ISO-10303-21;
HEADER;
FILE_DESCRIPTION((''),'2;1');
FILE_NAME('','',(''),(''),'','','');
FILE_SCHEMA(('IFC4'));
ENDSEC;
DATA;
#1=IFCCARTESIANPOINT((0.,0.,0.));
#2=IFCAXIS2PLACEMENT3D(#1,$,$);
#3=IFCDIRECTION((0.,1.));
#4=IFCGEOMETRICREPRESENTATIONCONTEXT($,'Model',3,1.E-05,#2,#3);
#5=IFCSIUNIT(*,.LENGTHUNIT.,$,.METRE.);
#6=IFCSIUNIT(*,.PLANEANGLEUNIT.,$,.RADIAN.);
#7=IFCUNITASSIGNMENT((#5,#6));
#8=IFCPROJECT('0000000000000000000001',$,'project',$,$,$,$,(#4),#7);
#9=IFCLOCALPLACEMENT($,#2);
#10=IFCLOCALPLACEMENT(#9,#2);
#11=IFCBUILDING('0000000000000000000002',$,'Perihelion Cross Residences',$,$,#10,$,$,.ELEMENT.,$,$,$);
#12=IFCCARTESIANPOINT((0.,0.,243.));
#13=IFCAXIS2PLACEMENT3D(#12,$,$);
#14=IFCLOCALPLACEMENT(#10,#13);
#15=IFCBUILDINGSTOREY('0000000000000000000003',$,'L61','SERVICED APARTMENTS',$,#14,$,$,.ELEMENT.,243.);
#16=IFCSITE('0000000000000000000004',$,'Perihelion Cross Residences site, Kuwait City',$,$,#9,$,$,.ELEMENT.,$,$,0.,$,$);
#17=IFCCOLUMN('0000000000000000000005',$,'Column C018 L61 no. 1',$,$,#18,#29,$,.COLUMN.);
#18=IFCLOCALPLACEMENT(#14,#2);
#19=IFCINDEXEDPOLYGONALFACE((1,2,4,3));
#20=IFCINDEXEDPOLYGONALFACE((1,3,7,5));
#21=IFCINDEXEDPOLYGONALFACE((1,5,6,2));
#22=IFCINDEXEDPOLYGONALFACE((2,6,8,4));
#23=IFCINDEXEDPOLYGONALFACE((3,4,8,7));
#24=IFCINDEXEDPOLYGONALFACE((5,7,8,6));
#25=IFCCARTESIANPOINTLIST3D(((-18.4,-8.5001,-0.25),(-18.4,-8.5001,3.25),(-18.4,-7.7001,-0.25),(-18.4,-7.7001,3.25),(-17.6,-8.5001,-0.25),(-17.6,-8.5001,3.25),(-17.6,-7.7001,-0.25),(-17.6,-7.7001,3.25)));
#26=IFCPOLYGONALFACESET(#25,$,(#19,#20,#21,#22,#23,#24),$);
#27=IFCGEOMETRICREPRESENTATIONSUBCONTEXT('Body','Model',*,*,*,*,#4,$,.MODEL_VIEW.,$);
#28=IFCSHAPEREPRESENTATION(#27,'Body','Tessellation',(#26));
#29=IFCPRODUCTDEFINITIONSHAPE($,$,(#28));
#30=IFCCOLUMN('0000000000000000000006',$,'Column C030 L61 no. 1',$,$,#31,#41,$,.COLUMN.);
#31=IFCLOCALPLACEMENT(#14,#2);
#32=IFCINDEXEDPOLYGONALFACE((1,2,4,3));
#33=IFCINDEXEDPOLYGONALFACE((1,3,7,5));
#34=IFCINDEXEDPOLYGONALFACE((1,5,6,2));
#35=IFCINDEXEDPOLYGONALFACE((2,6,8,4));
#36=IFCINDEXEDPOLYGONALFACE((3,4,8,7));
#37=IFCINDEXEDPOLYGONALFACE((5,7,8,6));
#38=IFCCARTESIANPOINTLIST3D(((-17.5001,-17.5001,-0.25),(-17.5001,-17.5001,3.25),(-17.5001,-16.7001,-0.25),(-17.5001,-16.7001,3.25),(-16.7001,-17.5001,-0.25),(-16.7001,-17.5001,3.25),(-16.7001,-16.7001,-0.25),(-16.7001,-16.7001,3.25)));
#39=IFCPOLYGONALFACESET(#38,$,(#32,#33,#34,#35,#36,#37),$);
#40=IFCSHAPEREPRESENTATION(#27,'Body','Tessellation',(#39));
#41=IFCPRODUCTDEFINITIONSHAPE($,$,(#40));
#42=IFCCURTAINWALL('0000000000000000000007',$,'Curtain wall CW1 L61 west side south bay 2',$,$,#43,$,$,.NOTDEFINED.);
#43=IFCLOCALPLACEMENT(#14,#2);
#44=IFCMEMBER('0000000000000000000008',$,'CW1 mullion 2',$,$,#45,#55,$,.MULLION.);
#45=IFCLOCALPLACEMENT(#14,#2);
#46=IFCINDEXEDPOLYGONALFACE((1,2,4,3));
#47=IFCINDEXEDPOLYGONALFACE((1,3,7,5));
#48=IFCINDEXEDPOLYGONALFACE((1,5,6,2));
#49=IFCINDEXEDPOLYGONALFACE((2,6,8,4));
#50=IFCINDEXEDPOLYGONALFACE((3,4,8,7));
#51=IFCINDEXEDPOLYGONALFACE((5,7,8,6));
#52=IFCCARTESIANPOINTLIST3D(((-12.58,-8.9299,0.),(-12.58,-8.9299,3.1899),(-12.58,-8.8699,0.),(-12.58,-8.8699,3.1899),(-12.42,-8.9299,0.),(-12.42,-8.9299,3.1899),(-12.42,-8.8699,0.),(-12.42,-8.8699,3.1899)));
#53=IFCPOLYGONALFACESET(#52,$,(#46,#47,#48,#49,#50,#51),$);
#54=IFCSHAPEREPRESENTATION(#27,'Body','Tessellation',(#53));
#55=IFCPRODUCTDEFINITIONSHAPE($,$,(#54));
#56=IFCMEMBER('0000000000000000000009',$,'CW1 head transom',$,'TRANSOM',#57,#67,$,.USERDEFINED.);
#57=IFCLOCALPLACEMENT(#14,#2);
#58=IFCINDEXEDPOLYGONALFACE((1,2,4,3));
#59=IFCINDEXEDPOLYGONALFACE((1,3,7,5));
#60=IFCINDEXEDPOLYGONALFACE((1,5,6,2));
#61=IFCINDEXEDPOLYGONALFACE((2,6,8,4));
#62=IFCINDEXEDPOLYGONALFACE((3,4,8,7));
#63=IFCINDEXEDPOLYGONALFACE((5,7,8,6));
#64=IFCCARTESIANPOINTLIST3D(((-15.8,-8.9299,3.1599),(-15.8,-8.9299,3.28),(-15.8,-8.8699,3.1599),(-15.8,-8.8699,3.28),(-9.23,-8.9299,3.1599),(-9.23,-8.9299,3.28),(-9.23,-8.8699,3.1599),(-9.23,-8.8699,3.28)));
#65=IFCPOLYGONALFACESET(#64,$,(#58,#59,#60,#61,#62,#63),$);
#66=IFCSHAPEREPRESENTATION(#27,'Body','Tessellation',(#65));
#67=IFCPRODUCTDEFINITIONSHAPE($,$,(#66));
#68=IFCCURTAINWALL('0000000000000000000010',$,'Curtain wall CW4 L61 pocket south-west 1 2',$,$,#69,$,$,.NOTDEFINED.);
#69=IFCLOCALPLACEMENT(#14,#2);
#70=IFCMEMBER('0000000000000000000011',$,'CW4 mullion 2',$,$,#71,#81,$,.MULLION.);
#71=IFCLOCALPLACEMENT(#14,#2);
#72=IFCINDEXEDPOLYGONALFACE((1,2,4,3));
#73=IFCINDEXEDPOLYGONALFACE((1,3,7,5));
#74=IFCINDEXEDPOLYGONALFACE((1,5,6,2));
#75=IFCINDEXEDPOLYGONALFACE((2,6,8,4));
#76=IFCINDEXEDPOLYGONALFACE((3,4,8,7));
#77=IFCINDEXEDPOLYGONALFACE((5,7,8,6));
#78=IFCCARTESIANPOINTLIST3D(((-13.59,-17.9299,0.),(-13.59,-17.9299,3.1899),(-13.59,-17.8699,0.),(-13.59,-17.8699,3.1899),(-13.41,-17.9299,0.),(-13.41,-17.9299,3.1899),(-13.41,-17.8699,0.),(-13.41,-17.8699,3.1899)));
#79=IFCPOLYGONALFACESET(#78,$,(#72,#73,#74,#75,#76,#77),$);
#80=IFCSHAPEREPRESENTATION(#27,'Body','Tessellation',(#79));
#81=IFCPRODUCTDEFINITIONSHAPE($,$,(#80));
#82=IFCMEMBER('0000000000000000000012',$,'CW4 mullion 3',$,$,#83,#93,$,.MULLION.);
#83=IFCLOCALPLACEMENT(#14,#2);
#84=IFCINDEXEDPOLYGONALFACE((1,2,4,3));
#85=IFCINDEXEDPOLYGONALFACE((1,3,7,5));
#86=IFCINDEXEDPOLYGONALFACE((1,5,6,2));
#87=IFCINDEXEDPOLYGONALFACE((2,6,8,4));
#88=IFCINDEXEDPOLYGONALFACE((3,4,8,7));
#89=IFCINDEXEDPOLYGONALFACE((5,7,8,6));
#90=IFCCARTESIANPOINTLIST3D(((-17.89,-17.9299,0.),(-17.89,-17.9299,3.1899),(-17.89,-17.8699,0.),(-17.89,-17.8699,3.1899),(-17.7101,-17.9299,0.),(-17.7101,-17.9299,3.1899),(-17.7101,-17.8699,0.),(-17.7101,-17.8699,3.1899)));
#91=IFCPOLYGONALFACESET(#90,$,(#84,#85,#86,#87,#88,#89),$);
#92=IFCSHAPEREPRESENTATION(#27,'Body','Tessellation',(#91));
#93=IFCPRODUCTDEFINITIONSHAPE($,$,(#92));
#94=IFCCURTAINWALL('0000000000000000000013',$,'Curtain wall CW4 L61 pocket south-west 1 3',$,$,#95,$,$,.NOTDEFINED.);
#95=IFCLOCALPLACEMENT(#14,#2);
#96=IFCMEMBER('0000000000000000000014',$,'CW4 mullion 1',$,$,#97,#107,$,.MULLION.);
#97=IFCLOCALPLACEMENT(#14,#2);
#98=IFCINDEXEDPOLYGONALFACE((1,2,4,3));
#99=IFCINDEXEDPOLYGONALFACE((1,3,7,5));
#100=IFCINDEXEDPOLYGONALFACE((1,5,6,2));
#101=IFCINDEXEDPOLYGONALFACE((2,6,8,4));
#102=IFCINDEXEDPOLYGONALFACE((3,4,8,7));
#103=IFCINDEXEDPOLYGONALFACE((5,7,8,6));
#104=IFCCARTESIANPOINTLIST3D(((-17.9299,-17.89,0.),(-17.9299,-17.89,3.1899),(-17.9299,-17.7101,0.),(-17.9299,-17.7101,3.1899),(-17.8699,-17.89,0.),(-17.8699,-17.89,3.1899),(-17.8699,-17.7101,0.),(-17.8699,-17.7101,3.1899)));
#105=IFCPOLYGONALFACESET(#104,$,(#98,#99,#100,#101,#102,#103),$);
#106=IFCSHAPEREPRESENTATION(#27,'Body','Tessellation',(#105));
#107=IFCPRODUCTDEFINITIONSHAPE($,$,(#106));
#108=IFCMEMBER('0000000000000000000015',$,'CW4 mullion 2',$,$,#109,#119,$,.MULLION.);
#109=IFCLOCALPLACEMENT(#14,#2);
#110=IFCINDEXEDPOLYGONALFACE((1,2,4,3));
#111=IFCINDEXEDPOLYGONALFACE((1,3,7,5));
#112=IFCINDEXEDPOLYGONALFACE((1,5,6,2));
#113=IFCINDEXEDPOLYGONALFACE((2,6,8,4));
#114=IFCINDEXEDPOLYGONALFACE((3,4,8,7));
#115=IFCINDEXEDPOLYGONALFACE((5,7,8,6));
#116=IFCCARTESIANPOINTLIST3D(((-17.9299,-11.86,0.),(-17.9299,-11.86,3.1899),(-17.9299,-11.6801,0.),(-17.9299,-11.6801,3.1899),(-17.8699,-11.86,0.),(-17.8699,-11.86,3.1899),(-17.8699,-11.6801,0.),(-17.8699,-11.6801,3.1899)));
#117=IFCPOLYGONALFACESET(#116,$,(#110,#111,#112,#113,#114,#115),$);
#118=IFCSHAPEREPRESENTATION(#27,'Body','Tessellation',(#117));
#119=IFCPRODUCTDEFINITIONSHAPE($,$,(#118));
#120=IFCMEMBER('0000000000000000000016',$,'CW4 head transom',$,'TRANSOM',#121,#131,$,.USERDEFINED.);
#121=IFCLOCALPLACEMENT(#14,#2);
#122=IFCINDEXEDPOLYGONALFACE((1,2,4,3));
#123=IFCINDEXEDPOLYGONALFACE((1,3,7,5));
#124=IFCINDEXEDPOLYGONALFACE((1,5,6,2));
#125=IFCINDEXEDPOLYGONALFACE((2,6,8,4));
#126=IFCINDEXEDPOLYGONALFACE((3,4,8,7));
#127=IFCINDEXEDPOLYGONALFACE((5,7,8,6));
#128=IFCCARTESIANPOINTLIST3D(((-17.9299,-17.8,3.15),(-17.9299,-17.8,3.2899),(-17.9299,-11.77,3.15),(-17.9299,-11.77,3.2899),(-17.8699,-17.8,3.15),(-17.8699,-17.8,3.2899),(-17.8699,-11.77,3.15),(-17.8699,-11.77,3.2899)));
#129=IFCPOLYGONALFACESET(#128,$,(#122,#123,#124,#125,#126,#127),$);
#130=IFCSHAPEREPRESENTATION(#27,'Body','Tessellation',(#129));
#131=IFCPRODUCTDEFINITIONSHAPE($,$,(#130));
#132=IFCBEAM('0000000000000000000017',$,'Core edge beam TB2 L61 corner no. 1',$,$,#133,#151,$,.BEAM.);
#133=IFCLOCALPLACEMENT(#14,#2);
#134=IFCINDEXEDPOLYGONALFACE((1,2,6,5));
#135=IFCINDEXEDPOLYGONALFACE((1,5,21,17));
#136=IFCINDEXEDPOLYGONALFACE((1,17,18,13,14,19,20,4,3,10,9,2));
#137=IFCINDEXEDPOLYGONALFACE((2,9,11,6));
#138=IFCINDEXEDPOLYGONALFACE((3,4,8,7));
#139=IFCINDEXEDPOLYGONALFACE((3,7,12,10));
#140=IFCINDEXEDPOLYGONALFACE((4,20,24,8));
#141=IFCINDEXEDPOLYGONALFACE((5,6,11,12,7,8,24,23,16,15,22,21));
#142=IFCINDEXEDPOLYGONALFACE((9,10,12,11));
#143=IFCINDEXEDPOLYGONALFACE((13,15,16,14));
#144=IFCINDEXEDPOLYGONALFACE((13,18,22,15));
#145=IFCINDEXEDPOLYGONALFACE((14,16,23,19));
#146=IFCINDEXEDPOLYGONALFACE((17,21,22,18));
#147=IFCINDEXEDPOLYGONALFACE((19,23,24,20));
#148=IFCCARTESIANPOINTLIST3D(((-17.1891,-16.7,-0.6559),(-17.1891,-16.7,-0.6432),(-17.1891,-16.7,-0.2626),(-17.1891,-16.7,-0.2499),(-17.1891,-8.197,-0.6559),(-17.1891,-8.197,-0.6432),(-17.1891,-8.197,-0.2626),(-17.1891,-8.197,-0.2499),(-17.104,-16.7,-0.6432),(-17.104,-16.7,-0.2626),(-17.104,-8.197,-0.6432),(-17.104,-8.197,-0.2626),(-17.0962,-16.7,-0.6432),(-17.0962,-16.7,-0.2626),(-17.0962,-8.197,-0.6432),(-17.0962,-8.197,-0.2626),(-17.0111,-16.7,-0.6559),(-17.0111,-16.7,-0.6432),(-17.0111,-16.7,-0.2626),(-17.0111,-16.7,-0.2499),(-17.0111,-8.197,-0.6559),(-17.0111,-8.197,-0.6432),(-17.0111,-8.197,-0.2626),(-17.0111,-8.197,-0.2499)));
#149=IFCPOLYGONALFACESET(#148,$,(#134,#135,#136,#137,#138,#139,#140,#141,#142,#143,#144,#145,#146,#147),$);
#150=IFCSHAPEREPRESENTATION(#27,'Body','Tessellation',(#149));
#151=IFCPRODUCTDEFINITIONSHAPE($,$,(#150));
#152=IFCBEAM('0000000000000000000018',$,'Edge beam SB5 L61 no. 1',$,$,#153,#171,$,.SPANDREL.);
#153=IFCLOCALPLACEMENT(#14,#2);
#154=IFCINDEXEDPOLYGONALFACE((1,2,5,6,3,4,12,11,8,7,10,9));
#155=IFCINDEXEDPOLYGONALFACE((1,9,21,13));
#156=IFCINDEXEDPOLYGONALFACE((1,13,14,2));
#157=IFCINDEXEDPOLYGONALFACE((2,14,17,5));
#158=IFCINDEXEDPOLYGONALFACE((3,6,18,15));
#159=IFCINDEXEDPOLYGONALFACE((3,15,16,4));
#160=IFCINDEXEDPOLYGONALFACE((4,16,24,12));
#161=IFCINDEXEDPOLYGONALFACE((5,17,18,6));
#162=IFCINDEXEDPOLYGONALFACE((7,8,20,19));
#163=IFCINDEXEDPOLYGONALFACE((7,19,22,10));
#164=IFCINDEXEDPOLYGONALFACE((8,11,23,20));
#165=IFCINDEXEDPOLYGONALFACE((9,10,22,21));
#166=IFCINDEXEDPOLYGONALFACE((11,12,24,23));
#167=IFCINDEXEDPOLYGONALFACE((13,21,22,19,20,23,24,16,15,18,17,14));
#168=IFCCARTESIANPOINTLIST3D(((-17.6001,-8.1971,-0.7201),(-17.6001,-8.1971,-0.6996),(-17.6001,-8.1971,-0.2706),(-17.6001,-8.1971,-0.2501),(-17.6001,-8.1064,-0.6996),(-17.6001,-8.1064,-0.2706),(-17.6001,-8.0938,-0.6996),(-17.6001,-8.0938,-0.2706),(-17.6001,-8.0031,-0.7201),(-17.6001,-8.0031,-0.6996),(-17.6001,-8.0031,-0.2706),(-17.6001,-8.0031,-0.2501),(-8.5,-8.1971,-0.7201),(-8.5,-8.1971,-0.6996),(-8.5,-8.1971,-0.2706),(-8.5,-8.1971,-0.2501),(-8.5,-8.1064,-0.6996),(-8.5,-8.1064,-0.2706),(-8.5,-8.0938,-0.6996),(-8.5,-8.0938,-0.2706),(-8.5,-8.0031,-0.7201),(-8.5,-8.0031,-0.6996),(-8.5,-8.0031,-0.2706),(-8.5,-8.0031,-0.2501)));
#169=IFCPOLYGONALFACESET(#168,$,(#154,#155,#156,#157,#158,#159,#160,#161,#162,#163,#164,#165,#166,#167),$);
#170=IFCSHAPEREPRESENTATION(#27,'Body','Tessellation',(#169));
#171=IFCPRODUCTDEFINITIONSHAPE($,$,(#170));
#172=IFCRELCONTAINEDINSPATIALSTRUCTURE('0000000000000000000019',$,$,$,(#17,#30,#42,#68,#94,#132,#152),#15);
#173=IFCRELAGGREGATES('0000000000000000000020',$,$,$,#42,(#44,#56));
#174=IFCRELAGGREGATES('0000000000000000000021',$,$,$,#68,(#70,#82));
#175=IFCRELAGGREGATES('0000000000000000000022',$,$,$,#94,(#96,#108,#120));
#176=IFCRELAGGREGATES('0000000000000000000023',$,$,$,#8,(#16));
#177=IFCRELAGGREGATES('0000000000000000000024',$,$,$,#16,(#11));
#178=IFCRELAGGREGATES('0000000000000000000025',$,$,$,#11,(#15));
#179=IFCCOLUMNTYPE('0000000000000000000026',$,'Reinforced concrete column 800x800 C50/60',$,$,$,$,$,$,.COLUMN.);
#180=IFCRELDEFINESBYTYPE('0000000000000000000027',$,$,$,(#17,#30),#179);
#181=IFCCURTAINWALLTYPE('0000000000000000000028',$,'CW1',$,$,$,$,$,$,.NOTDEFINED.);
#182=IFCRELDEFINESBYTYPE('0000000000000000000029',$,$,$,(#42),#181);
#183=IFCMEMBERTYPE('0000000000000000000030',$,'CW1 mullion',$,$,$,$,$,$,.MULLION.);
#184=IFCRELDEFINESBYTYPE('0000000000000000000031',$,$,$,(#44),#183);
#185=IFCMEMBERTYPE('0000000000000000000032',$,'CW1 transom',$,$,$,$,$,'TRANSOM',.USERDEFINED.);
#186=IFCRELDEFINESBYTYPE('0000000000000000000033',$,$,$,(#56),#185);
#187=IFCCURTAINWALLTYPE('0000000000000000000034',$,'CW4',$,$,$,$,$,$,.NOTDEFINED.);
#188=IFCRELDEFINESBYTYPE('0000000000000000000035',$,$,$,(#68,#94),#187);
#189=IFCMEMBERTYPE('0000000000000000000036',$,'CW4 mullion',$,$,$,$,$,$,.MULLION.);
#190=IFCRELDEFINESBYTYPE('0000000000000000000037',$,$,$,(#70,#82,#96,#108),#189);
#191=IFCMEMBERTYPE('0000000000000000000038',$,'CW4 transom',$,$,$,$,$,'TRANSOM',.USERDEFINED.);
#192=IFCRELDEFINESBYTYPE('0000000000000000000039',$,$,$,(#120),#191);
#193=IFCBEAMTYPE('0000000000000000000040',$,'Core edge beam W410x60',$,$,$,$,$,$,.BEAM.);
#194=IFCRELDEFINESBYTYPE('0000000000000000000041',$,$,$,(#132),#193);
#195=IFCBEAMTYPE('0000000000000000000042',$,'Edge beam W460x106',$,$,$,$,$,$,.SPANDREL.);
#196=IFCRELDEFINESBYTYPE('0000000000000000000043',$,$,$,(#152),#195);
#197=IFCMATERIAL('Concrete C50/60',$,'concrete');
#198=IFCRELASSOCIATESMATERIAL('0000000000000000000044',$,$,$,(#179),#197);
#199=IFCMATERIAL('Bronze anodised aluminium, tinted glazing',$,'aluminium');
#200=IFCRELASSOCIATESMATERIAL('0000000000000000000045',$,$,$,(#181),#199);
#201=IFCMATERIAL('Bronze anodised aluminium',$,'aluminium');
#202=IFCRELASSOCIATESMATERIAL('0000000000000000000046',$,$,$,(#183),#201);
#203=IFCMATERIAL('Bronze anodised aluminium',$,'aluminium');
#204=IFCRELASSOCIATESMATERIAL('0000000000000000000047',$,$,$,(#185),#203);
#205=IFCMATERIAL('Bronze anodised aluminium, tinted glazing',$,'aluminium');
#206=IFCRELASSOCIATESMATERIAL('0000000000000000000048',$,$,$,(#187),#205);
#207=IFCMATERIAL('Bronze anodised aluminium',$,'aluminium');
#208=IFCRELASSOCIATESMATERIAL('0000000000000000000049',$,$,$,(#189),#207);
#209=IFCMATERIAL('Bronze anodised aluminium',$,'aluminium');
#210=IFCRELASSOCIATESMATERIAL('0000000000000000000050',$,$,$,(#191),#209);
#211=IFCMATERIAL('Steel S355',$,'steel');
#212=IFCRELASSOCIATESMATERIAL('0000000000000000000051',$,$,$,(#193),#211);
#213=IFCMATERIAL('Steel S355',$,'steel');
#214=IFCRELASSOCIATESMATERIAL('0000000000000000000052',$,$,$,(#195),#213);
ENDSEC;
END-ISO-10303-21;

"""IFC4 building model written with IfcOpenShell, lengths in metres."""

from ifc_helpers import new_model, si_unit, direction, frame, origin, origin_2d, place, context, subcontext, project, spatial, rectangle, i_section, extrude, material, material_profile, profile_set, type_object, element, aggregate, save


model = new_model("IFC4")

# Units and contexts
model_context = context("Model", 3, precision=1e-05, world=origin(), true_north=direction((0.0, 1.0)))
body_context = subcontext(model_context, "Body", "Model", "MODEL_VIEW")
ifc_project = project(units=[si_unit("LENGTHUNIT", "METRE"), si_unit("PLANEANGLEUNIT", "RADIAN")], contexts=[model_context])

# Site, building, storey
site_placement = place(None, origin())
site = spatial("IfcSite", under=ifc_project, at=site_placement, Name="Perihelion Cross Residences site, Kuwait City", CompositionType="ELEMENT", RefElevation=0.0)
building_placement = place(site_placement, origin())
building = spatial("IfcBuilding", under=site, at=building_placement, Name="Perihelion Cross Residences", CompositionType="ELEMENT")
storey_placement = place(building_placement, frame((0.0, 0.0, 243.0)))
storey = spatial("IfcBuildingStorey", under=building, at=storey_placement, Name="L61", Description="SERVICED APARTMENTS", CompositionType="ELEMENT", Elevation=243.0)

# Columns
ifc_material_1 = material(Name="Concrete C50/60", Category="concrete")
ifc_material_profile_1 = material_profile(ifc_material_1, rectangle(XDim=0.8, YDim=0.8, at=origin_2d()), Name="RC 800x800")
ifc_profile_set_1 = profile_set([ifc_material_profile_1], Name="Concrete C50/60")
column_type = type_object("IfcColumnType", Name="Reinforced concrete column 800x800 C50/60", PredefinedType="COLUMN", material=ifc_profile_set_1)
for number, where, z_axis, x_axis, name in (
    (1, (-18.0, -8.1001, -0.25), (0.0, 0.0, 1.0), (1.0, 0.0, 0.0), "Column C018 L61 no. 1"),
    (2, (-17.1001, -17.1001, -0.25), (0.0, 0.0, 1.0), (1.0, 0.0, 0.0), "Column C030 L61 no. 1"),
):
    element("IfcColumn", number, at=place(storey_placement, frame(where, z_axis=z_axis, x_axis=x_axis)), inside=storey, type_object=column_type, Name=name, PredefinedType="COLUMN", context=body_context, shape_type="SweptSolid", body=[
        extrude(rectangle(XDim=0.8, YDim=0.8, at=origin_2d()), origin(), (0.0, 0.0, 1.0), 3.5),
    ])

# Curtain walls, members
ifc_material_2 = material(Name="Bronze anodised aluminium, tinted glazing", Category="aluminium")
curtain_wall_type_1 = type_object("IfcCurtainWallType", Name="CW1", PredefinedType="NOTDEFINED", material=ifc_material_2)
curtain_wall_1_placement = place(storey_placement, origin())
curtain_wall_1 = element("IfcCurtainWall", 3, at=curtain_wall_1_placement, inside=storey, type_object=curtain_wall_type_1, Name="Curtain wall CW1 L61 west side south bay 2", PredefinedType="NOTDEFINED")
ifc_material_3 = material(Name="Bronze anodised aluminium", Category="aluminium")
ifc_material_profile_2 = material_profile(ifc_material_3, rectangle(XDim=0.0601, YDim=0.1599, at=origin_2d()), Name="CW1 mullion")
ifc_profile_set_2 = profile_set([ifc_material_profile_2], Name="Bronze anodised aluminium")
member_type_1 = type_object("IfcMemberType", Name="CW1 mullion", PredefinedType="MULLION", material=ifc_profile_set_2)
member_1_placement = place(storey_placement, frame((-12.5, -8.8999, 0.0), z_axis=(0.0, 0.0, 1.0), x_axis=(0.0, 1.0, 0.0)))
member_1 = element("IfcMember", 4, at=member_1_placement, type_object=member_type_1, Name="CW1 mullion 2", PredefinedType="MULLION", context=body_context, shape_type="SweptSolid", body=[
    extrude(rectangle(XDim=0.0601, YDim=0.1599, at=origin_2d()), origin(), (0.0, 0.0, 1.0), 3.1899),
])
ifc_material_4 = material(Name="Bronze anodised aluminium", Category="aluminium")
ifc_material_profile_3 = material_profile(ifc_material_4, rectangle(XDim=0.0601, YDim=0.1201, at=origin_2d()), Name="CW1 transom")
ifc_profile_set_3 = profile_set([ifc_material_profile_3], Name="Bronze anodised aluminium")
member_type_2 = type_object("IfcMemberType", Name="CW1 transom", ElementType="TRANSOM", PredefinedType="USERDEFINED", material=ifc_profile_set_3)
member_2_placement = place(storey_placement, frame((-15.8, -8.8999, 3.22), z_axis=(1.0, 0.0, 0.0), x_axis=(0.0, 1.0, 0.0)))
member_2 = element("IfcMember", 5, at=member_2_placement, type_object=member_type_2, Name="CW1 head transom", ObjectType="TRANSOM", PredefinedType="USERDEFINED", context=body_context, shape_type="SweptSolid", body=[
    extrude(rectangle(XDim=0.0601, YDim=0.1201, at=origin_2d()), origin(), (0.0, 0.0, 1.0), 6.5701),
])
ifc_material_5 = material(Name="Bronze anodised aluminium, tinted glazing", Category="aluminium")
curtain_wall_type_2 = type_object("IfcCurtainWallType", Name="CW4", PredefinedType="NOTDEFINED", material=ifc_material_5)
curtain_wall_2_placement = place(storey_placement, origin())
curtain_wall_2 = element("IfcCurtainWall", 6, at=curtain_wall_2_placement, inside=storey, type_object=curtain_wall_type_2, Name="Curtain wall CW4 L61 pocket south-west 1 2", PredefinedType="NOTDEFINED")
ifc_material_6 = material(Name="Bronze anodised aluminium", Category="aluminium")
ifc_material_profile_4 = material_profile(ifc_material_6, rectangle(XDim=0.0601, YDim=0.1799, at=origin_2d()), Name="CW4 mullion")
ifc_profile_set_4 = profile_set([ifc_material_profile_4], Name="Bronze anodised aluminium")
member_type_3 = type_object("IfcMemberType", Name="CW4 mullion", PredefinedType="MULLION", material=ifc_profile_set_4)
member_3_placement = place(storey_placement, frame((-13.5, -17.8999, 0.0), z_axis=(0.0, 0.0, 1.0), x_axis=(0.0, -1.0, 0.0)))
member_3 = element("IfcMember", 7, at=member_3_placement, type_object=member_type_3, Name="CW4 mullion 2", PredefinedType="MULLION", context=body_context, shape_type="SweptSolid", body=[
    extrude(rectangle(XDim=0.0601, YDim=0.1799, at=origin_2d()), origin(), (0.0, 0.0, 1.0), 3.1899),
])
member_4_placement = place(storey_placement, frame((-17.8, -17.8999, 0.0), z_axis=(0.0, 0.0, 1.0), x_axis=(0.0, -1.0, 0.0)))
member_4 = element("IfcMember", 8, at=member_4_placement, type_object=member_type_3, Name="CW4 mullion 3", PredefinedType="MULLION", context=body_context, shape_type="SweptSolid", body=[
    extrude(rectangle(XDim=0.0601, YDim=0.1799, at=origin_2d()), origin(), (0.0, 0.0, 1.0), 3.1899),
])
curtain_wall_3_placement = place(storey_placement, origin())
curtain_wall_3 = element("IfcCurtainWall", 9, at=curtain_wall_3_placement, inside=storey, type_object=curtain_wall_type_2, Name="Curtain wall CW4 L61 pocket south-west 1 3", PredefinedType="NOTDEFINED")
member_5_placement = place(storey_placement, frame((-17.8999, -17.8, 0.0), z_axis=(0.0, 0.0, 1.0), x_axis=(-1.0, 0.0, 0.0)))
member_5 = element("IfcMember", 10, at=member_5_placement, type_object=member_type_3, Name="CW4 mullion 1", PredefinedType="MULLION", context=body_context, shape_type="SweptSolid", body=[
    extrude(rectangle(XDim=0.0601, YDim=0.1799, at=origin_2d()), origin(), (0.0, 0.0, 1.0), 3.1899),
])
member_6_placement = place(storey_placement, frame((-17.8999, -11.77, 0.0), z_axis=(0.0, 0.0, 1.0), x_axis=(-1.0, 0.0, 0.0)))
member_6 = element("IfcMember", 11, at=member_6_placement, type_object=member_type_3, Name="CW4 mullion 2", PredefinedType="MULLION", context=body_context, shape_type="SweptSolid", body=[
    extrude(rectangle(XDim=0.0601, YDim=0.1799, at=origin_2d()), origin(), (0.0, 0.0, 1.0), 3.1899),
])
ifc_material_7 = material(Name="Bronze anodised aluminium", Category="aluminium")
ifc_material_profile_5 = material_profile(ifc_material_7, rectangle(XDim=0.0601, YDim=0.1399, at=origin_2d()), Name="CW4 transom")
ifc_profile_set_5 = profile_set([ifc_material_profile_5], Name="Bronze anodised aluminium")
member_type_4 = type_object("IfcMemberType", Name="CW4 transom", ElementType="TRANSOM", PredefinedType="USERDEFINED", material=ifc_profile_set_5)
member_7_placement = place(storey_placement, frame((-17.8999, -17.8, 3.22), z_axis=(0.0, 1.0, 0.0), x_axis=(-1.0, 0.0, 0.0)))
member_7 = element("IfcMember", 12, at=member_7_placement, type_object=member_type_4, Name="CW4 head transom", ObjectType="TRANSOM", PredefinedType="USERDEFINED", context=body_context, shape_type="SweptSolid", body=[
    extrude(rectangle(XDim=0.0601, YDim=0.1399, at=origin_2d()), origin(), (0.0, 0.0, 1.0), 6.03),
])

# Beams
ifc_material_8 = material(Name="Steel S355", Category="steel")
ifc_material_profile_6 = material_profile(ifc_material_8, i_section(OverallWidth=0.178, OverallDepth=0.406, WebThickness=0.0078, FlangeThickness=0.0127, at=origin_2d()), Name="W410x60")
ifc_profile_set_6 = profile_set([ifc_material_profile_6], Name="Steel S355")
beam_type_1 = type_object("IfcBeamType", Name="Core edge beam W410x60", PredefinedType="BEAM", material=ifc_profile_set_6)
beam_1_placement = place(storey_placement, frame((-17.1001, -8.197, -0.4529), z_axis=(0.0, -1.0, 0.0), x_axis=(1.0, 0.0, 0.0)))
element("IfcBeam", 13, at=beam_1_placement, inside=storey, type_object=beam_type_1, Name="Core edge beam TB2 L61 corner no. 1", PredefinedType="BEAM", context=body_context, shape_type="SweptSolid", body=[
    extrude(i_section(OverallWidth=0.178, OverallDepth=0.406, WebThickness=0.0078, FlangeThickness=0.0127, at=origin_2d()), origin(), (0.0, 0.0, 1.0), 8.5029),
])
ifc_material_9 = material(Name="Steel S355", Category="steel")
ifc_material_profile_7 = material_profile(ifc_material_9, i_section(OverallWidth=0.1941, OverallDepth=0.47, WebThickness=0.0127, FlangeThickness=0.0205, at=origin_2d()), Name="W460x106")
ifc_profile_set_7 = profile_set([ifc_material_profile_7], Name="Steel S355")
beam_type_2 = type_object("IfcBeamType", Name="Edge beam W460x106", PredefinedType="SPANDREL", material=ifc_profile_set_7)
beam_2_placement = place(storey_placement, frame((-17.6001, -8.1001, -0.4851), z_axis=(1.0, 0.0, 0.0), x_axis=(0.0, 1.0, 0.0)))
element("IfcBeam", 14, at=beam_2_placement, inside=storey, type_object=beam_type_2, Name="Edge beam SB5 L61 no. 1", PredefinedType="SPANDREL", context=body_context, shape_type="SweptSolid", body=[
    extrude(i_section(OverallWidth=0.1941, OverallDepth=0.47, WebThickness=0.0127, FlangeThickness=0.0205, at=origin_2d()), origin(), (0.0, 0.0, 1.0), 9.1001),
])

aggregate(curtain_wall_1, [member_1, member_2])
aggregate(curtain_wall_2, [member_3, member_4])
aggregate(curtain_wall_3, [member_5, member_6, member_7])

save(model, "model.ifc")
